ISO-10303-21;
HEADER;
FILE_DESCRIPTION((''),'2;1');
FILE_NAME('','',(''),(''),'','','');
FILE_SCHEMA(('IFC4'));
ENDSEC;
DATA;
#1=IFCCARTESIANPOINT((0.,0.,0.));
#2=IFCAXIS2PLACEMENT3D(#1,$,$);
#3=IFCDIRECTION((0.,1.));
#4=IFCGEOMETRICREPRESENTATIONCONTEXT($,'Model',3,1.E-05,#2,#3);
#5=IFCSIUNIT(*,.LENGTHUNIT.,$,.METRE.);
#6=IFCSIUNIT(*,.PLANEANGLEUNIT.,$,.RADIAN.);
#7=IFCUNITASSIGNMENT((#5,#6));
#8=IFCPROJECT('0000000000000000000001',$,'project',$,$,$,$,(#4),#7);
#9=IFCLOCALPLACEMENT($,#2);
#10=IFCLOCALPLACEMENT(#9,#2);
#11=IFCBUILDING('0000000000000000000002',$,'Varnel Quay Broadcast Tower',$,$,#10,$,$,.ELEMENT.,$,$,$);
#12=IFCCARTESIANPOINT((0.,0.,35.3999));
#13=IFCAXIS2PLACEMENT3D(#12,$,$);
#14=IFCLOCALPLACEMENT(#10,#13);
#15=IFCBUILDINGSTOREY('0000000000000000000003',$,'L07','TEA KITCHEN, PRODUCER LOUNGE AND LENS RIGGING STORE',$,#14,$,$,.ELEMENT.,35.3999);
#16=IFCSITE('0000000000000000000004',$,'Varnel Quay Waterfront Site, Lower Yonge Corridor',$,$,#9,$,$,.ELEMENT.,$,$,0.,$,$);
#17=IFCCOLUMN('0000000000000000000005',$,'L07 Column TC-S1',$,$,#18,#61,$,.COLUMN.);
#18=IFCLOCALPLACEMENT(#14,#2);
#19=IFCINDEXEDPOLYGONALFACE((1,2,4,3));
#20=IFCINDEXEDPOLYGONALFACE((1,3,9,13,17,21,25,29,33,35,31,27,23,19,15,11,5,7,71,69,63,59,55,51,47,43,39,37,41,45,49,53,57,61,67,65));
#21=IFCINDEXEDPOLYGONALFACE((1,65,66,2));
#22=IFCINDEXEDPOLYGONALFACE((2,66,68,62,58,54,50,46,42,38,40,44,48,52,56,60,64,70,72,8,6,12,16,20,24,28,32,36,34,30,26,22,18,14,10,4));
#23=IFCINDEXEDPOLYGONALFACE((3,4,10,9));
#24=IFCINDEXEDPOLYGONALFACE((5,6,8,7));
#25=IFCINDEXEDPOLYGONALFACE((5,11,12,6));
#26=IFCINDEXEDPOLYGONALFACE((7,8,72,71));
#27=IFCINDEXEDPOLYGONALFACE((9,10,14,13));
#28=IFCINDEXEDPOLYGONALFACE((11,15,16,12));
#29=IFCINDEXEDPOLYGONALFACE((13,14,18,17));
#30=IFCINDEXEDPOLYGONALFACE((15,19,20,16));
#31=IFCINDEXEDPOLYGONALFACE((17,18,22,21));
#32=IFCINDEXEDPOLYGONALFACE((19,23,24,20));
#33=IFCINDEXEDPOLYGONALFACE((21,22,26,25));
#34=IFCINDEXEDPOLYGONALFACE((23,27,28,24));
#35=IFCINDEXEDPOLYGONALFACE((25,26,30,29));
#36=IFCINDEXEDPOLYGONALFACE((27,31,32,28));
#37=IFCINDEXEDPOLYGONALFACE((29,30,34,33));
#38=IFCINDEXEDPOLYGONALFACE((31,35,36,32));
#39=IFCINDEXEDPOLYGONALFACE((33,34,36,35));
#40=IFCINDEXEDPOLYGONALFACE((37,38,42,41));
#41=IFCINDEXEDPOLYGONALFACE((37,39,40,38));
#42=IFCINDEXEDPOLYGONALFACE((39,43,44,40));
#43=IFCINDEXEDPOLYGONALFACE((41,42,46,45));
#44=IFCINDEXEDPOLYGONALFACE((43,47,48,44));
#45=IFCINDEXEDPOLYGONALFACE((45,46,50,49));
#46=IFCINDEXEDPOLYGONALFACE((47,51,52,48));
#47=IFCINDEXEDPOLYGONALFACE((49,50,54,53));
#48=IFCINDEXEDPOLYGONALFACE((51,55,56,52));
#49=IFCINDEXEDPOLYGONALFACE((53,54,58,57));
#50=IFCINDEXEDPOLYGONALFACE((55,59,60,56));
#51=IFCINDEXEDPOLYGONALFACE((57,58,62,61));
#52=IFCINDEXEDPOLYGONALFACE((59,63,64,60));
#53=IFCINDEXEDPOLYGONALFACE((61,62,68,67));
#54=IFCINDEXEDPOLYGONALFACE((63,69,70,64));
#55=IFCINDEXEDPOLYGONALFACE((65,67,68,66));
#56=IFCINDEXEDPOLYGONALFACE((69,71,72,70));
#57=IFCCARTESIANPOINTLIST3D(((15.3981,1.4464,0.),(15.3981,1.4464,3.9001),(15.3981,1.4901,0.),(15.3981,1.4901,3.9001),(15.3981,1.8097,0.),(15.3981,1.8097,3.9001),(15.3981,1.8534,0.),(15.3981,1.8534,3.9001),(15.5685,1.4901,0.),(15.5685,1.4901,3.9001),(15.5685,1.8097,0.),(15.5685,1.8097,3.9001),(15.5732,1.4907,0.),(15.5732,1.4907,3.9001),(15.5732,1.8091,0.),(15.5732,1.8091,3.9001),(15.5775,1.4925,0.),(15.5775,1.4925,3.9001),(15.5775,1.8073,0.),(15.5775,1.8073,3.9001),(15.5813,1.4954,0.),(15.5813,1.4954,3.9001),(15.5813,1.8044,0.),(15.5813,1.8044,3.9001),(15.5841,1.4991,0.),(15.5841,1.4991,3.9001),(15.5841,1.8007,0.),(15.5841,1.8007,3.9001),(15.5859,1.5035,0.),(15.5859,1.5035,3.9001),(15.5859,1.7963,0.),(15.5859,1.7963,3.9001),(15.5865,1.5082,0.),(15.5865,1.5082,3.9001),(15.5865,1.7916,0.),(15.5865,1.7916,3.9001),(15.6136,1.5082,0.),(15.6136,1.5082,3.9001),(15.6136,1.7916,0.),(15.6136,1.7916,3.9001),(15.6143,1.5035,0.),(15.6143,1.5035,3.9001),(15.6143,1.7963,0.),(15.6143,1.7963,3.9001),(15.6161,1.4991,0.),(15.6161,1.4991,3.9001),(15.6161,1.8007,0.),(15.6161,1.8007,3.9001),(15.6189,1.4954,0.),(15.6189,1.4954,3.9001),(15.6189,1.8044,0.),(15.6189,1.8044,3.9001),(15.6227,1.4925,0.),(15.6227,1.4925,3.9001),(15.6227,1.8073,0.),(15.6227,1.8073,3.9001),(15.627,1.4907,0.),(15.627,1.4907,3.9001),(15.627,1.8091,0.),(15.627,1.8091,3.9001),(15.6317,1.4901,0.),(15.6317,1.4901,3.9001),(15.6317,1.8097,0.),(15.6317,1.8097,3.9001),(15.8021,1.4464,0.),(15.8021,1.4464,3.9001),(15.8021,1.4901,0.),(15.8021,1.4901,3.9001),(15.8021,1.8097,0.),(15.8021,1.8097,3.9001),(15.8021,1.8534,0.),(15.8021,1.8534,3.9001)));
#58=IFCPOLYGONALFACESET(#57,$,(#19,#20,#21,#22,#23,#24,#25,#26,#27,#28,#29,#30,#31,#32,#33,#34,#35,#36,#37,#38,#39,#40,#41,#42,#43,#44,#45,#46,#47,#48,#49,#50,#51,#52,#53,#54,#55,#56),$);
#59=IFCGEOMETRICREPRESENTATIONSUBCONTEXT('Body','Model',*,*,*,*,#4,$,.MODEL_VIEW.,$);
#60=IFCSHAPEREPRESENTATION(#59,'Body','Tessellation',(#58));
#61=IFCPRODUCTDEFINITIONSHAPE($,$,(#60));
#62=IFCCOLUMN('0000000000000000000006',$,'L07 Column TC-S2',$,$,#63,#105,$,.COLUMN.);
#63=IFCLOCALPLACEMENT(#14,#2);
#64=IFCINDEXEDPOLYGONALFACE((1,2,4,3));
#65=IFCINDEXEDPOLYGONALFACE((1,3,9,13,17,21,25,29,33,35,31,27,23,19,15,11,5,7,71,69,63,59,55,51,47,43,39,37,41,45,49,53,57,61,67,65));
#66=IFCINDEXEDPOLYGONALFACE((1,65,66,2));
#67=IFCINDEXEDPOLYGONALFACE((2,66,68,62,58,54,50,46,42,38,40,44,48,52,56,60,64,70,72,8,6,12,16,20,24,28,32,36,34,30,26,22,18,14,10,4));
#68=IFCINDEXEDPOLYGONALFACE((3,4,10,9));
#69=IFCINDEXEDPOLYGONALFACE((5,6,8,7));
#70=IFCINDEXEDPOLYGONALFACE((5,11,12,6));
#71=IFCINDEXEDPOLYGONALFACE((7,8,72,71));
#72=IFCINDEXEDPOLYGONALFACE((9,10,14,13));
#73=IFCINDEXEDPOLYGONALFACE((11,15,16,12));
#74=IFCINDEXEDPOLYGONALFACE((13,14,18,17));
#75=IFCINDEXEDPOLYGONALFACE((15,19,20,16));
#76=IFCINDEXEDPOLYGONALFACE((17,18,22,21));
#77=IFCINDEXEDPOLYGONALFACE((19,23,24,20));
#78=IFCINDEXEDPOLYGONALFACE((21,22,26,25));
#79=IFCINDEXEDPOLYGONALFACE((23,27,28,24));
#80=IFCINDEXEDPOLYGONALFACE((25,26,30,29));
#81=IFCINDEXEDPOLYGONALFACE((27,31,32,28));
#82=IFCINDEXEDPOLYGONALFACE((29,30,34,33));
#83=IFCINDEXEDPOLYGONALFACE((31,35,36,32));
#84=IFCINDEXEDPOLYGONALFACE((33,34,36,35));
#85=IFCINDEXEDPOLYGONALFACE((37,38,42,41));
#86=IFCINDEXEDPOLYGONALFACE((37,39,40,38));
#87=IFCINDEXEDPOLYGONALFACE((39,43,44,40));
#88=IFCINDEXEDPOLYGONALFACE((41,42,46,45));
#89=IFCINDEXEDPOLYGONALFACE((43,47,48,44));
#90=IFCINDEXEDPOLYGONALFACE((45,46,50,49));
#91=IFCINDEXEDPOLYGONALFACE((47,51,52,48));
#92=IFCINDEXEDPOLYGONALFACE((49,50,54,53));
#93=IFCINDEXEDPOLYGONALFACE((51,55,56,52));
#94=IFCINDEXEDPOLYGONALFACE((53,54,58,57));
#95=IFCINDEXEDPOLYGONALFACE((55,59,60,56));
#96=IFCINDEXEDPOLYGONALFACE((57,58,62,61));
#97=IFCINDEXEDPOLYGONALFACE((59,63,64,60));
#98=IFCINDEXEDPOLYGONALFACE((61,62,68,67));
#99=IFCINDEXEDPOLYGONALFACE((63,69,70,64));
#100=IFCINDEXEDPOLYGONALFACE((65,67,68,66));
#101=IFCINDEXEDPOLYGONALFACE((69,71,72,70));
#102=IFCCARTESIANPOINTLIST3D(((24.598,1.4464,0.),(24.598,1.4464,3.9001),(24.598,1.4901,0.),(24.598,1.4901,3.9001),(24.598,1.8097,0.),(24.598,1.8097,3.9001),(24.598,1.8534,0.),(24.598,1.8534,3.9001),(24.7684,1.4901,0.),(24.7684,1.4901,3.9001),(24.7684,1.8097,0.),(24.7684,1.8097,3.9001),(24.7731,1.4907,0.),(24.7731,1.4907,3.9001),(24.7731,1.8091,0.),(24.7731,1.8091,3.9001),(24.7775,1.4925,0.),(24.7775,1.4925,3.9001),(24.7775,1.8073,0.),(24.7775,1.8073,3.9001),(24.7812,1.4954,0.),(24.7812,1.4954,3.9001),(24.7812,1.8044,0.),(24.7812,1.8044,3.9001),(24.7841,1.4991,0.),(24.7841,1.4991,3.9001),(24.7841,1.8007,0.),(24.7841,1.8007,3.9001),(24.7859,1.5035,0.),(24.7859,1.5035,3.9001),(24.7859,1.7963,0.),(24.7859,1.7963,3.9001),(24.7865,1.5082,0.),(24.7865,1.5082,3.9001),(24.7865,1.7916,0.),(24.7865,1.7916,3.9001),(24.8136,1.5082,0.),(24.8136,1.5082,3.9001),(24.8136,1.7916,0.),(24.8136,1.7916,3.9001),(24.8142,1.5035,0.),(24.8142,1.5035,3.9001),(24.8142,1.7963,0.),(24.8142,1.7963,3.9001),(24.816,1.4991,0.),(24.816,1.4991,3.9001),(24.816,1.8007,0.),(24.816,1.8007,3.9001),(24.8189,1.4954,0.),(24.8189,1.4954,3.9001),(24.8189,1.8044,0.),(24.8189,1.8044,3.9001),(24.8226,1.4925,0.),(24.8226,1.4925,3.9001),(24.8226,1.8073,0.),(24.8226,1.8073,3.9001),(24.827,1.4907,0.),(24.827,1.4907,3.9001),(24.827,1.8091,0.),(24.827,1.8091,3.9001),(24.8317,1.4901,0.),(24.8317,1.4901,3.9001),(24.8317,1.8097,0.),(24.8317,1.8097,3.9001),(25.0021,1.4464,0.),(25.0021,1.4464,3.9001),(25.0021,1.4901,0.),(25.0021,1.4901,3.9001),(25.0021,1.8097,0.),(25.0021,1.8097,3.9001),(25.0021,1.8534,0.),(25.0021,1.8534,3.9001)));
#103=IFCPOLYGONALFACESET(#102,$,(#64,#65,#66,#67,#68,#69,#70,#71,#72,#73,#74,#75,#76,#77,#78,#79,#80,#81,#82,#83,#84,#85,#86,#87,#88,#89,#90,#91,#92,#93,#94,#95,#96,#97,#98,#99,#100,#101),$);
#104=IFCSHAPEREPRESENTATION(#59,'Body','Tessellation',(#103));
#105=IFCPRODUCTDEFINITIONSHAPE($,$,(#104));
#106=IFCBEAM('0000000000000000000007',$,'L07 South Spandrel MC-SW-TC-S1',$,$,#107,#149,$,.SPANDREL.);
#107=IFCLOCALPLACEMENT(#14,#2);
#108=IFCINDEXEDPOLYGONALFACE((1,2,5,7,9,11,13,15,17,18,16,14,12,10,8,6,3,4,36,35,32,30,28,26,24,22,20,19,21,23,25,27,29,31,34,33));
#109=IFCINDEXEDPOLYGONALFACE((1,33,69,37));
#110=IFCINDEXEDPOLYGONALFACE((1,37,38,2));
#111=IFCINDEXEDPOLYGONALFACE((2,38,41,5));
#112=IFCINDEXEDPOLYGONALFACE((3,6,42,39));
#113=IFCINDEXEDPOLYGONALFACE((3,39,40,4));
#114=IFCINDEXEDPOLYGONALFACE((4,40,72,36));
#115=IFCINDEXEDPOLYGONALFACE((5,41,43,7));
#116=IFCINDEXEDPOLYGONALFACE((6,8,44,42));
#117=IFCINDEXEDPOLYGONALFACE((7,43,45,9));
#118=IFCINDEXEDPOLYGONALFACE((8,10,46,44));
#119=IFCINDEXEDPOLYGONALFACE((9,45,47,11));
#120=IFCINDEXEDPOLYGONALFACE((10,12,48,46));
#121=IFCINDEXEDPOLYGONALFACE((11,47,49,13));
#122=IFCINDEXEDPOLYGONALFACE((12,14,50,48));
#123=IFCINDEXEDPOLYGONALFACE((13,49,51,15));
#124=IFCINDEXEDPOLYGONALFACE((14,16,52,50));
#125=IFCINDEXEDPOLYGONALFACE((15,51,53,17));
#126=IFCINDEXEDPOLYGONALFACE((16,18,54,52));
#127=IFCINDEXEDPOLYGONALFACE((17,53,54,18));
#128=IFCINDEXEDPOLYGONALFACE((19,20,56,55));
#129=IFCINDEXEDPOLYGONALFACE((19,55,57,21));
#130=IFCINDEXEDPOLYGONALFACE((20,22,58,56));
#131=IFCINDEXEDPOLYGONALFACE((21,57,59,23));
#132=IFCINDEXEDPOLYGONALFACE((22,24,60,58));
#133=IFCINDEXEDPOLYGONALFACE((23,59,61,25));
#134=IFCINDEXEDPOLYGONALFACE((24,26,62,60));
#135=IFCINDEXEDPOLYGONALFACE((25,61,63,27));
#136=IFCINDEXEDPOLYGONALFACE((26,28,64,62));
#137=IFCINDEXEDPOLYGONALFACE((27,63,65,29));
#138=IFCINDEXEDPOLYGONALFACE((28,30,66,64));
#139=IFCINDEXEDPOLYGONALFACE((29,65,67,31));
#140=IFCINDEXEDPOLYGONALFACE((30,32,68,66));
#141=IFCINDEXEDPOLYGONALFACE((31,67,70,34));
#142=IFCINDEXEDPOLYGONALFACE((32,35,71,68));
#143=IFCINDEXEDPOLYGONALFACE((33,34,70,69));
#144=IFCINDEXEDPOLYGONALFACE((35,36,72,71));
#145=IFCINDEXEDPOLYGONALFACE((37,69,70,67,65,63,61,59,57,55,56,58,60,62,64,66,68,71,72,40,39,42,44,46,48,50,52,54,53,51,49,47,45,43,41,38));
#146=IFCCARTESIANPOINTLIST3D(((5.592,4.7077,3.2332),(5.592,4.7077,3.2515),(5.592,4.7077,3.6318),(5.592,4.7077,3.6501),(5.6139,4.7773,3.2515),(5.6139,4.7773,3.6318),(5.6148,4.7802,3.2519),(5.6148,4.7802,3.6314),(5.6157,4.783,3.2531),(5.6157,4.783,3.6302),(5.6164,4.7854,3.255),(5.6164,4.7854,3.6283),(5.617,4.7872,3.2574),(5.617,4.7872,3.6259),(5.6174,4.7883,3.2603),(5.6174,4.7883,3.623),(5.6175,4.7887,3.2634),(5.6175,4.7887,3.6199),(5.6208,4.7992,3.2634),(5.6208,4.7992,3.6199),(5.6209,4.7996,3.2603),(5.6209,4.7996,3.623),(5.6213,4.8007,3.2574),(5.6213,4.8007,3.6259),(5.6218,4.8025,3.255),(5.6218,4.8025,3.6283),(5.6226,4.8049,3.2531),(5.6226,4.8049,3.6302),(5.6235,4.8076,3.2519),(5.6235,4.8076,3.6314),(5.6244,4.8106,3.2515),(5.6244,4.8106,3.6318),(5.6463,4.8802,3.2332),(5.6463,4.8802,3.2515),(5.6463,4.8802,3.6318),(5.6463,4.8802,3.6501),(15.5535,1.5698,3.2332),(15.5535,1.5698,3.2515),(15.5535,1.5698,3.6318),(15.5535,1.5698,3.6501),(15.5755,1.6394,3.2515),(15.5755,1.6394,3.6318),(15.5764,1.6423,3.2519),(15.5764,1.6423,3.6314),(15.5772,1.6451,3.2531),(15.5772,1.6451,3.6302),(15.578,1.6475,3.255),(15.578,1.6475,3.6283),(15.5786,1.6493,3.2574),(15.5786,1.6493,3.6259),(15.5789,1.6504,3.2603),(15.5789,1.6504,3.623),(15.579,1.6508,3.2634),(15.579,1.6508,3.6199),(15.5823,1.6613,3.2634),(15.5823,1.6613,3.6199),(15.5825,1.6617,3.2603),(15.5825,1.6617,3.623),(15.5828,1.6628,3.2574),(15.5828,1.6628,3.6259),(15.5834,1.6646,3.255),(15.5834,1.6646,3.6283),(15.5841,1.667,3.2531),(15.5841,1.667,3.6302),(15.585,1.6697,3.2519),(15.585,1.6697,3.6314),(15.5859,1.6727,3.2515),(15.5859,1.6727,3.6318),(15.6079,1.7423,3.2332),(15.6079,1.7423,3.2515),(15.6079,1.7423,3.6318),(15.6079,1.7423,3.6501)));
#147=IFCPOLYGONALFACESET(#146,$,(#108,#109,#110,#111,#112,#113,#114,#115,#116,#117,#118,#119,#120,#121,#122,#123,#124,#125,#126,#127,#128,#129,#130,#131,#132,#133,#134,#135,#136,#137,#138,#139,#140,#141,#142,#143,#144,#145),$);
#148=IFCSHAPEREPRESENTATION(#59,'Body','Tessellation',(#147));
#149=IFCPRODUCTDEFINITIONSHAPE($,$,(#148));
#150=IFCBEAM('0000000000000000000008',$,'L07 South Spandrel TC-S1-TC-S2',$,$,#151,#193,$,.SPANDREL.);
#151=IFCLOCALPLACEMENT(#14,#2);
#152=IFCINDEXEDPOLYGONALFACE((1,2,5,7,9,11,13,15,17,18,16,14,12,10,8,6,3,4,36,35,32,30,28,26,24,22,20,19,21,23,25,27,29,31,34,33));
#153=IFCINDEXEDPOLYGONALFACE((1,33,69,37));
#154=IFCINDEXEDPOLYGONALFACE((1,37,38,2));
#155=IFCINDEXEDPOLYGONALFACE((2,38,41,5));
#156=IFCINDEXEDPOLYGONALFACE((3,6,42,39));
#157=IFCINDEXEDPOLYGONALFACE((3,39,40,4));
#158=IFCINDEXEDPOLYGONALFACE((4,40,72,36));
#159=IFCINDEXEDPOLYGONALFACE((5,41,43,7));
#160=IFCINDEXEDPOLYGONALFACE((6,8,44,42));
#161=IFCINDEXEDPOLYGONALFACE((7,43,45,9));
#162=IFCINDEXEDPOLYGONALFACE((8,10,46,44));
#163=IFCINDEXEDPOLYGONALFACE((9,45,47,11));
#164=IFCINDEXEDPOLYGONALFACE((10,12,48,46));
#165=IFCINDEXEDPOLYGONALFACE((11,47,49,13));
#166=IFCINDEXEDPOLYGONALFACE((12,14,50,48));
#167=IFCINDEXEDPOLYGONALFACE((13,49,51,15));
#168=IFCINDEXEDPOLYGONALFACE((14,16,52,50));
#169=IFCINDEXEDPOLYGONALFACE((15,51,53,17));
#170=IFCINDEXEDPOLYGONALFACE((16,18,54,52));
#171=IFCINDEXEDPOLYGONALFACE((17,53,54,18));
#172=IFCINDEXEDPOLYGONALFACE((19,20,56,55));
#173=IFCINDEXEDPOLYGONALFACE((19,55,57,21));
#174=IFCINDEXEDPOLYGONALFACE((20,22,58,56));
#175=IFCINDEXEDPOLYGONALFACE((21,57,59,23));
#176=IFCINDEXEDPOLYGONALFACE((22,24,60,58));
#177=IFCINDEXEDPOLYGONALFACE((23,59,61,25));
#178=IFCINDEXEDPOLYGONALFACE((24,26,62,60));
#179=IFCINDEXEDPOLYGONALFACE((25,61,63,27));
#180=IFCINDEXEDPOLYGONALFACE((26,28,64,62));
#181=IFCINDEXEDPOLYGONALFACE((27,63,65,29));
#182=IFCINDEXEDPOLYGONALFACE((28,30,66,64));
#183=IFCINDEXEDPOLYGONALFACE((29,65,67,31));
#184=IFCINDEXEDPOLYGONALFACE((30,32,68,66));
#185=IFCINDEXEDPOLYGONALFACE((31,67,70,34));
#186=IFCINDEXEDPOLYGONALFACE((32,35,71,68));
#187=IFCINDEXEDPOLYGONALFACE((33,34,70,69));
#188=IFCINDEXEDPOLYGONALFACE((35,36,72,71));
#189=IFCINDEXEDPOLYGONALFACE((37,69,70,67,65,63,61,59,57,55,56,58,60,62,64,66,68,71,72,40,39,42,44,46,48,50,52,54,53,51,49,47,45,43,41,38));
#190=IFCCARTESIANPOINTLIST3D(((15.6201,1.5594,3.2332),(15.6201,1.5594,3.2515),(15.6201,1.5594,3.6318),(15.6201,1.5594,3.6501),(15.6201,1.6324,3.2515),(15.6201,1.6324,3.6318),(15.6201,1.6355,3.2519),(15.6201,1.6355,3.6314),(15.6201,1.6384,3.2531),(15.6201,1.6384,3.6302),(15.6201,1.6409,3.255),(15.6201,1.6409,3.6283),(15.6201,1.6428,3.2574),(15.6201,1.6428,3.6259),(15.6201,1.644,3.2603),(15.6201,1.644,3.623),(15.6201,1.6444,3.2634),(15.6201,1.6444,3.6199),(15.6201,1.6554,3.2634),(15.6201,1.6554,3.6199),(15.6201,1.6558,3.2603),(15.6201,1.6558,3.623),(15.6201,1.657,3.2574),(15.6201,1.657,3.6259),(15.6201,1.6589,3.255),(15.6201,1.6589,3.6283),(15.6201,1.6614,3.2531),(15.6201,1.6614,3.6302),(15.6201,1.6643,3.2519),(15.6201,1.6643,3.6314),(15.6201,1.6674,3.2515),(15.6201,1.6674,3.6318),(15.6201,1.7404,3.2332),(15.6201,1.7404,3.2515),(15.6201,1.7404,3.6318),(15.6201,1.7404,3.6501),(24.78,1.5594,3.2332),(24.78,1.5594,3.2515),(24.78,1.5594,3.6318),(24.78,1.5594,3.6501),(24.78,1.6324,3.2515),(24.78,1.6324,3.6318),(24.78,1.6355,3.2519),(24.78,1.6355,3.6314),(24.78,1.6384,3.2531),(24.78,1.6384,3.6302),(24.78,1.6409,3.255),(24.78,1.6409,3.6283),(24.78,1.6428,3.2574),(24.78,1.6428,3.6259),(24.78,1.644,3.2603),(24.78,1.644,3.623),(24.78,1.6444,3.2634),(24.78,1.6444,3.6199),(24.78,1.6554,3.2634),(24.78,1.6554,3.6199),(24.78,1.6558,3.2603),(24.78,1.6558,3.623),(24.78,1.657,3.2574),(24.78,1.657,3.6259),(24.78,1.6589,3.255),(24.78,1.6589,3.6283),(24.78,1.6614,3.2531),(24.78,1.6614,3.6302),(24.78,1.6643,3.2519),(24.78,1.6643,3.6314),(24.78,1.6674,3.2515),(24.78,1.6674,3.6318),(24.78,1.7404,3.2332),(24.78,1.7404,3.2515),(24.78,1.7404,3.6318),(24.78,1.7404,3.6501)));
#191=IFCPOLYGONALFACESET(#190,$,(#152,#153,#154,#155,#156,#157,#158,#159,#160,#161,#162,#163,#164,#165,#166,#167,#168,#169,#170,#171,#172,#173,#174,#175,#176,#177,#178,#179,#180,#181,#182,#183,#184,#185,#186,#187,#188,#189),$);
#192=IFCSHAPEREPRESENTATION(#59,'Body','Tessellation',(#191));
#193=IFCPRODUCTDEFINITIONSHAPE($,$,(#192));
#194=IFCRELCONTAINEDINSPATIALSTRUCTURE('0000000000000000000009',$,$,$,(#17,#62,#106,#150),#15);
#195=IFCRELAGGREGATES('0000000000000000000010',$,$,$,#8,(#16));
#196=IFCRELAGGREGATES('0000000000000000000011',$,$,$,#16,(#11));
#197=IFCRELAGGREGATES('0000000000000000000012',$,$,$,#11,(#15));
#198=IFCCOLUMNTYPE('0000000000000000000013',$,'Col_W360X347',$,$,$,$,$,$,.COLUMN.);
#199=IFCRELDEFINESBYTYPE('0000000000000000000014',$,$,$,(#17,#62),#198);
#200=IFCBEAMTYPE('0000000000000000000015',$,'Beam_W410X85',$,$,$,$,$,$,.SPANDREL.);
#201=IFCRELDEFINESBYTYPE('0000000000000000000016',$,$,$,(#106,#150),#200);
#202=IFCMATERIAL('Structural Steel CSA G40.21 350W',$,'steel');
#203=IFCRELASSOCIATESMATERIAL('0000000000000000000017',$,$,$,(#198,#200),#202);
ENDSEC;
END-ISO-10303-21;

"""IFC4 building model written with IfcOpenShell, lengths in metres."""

from ifc_helpers import new_model, si_unit, direction, frame, origin, origin_2d, place, context, subcontext, project, spatial, i_section, extrude, source, transform, mapped, material, material_profile, profile_set, type_object, type_shapes, element, save


model = new_model("IFC4")

# Units and contexts
model_context = context("Model", 3, precision=1e-05, world=origin(), true_north=direction((0.0, 1.0)))
body_context = subcontext(model_context, "Body", "Model", "MODEL_VIEW")
ifc_project = project(units=[si_unit("LENGTHUNIT", "METRE"), si_unit("PLANEANGLEUNIT", "RADIAN")], contexts=[model_context])

# Site, building, storey
site_placement = place(None, origin())
site = spatial("IfcSite", under=ifc_project, at=site_placement, Name="Varnel Quay Waterfront Site, Lower Yonge Corridor", CompositionType="ELEMENT", RefElevation=0.0)
building_placement = place(site_placement, origin())
building = spatial("IfcBuilding", under=site, at=building_placement, Name="Varnel Quay Broadcast Tower", CompositionType="ELEMENT")
storey_placement = place(building_placement, frame((0.0, 0.0, 35.3999)))
storey = spatial("IfcBuildingStorey", under=building, at=storey_placement, Name="L07", Description="TEA KITCHEN, PRODUCER LOUNGE AND LENS RIGGING STORE", CompositionType="ELEMENT", Elevation=35.3999)

# Columns
ifc_material_1 = material(Name="Structural Steel CSA G40.21 350W", Category="steel")
ifc_material_profile_1 = material_profile(ifc_material_1, i_section(OverallWidth=0.4041, OverallDepth=0.407, WebThickness=0.0271, FlangeThickness=0.0437, FilletRadius=0.0181, at=origin_2d()), Name="W360X347")
ifc_profile_set_1 = profile_set([ifc_material_profile_1], Name="Structural Steel CSA G40.21 350W")
column_type = type_object("IfcColumnType", Name="Col_W360X347", PredefinedType="COLUMN", material=ifc_profile_set_1)
shared_shape_1 = source(origin(), body_context, "Body", "SweptSolid", [
    extrude(i_section(OverallWidth=0.4041, OverallDepth=0.407, WebThickness=0.0271, FlangeThickness=0.0437, FilletRadius=0.0181, at=origin_2d()), origin(), (0.0, 0.0, 1.0), 3.9001),
])
type_shapes(column_type, [shared_shape_1])
for number, where, z_axis, x_axis, name in (
    (1, (15.6001, 1.6499, 0.0), (0.0, 0.0, 1.0), (1.0, 0.0, 0.0), "L07 Column TC-S1"),
    (2, (24.8, 1.6499, 0.0), (0.0, 0.0, 1.0), (1.0, 0.0, 0.0), "L07 Column TC-S2"),
):
    element("IfcColumn", number, at=place(storey_placement, frame(where, z_axis=z_axis, x_axis=x_axis)), inside=storey, type_object=column_type, Name=name, PredefinedType="COLUMN", context=body_context, shape_type="MappedRepresentation", body=[
        mapped(shared_shape_1, transform((0.0, 0.0, 0.0), x_axis=(1.0, 0.0, 0.0), y_axis=(0.0, 1.0, 0.0), z_axis=(0.0, 0.0, 1.0), scale=1.0)),
    ])

# Beams
ifc_material_profile_2 = material_profile(ifc_material_1, i_section(OverallWidth=0.1809, OverallDepth=0.417, WebThickness=0.011, FlangeThickness=0.0183, FilletRadius=0.012, at=origin_2d()), Name="W410X85")
ifc_profile_set_2 = profile_set([ifc_material_profile_2], Name="Structural Steel CSA G40.21 350W")
beam_type_1 = type_object("IfcBeamType", Name="Beam_W410X85", PredefinedType="SPANDREL", material=ifc_profile_set_2)
shared_shape_2 = source(origin(), body_context, "Body", "SweptSolid", [
    extrude(i_section(OverallWidth=0.1809, OverallDepth=0.417, WebThickness=0.011, FlangeThickness=0.0183, FilletRadius=0.012, at=origin_2d()), origin(), (0.0, 0.0, 1.0), 10.4441),
])
beam_1_placement = place(storey_placement, frame((5.6191, 4.7939, 3.4417), z_axis=(0.953798, -0.300448, 0.0), x_axis=(0.300448, 0.953798, 0.0)))
element("IfcBeam", 3, at=beam_1_placement, inside=storey, type_object=beam_type_1, Name="L07 South Spandrel MC-SW-TC-S1", PredefinedType="SPANDREL", context=body_context, shape_type="MappedRepresentation", body=[
    mapped(shared_shape_2, transform((0.0, 0.0, 0.0), x_axis=(1.0, 0.0, 0.0), y_axis=(0.0, 1.0, 0.0), z_axis=(0.0, 0.0, 1.0), scale=1.0)),
])
shared_shape_3 = source(origin(), body_context, "Body", "SweptSolid", [
    extrude(i_section(OverallWidth=0.1809, OverallDepth=0.417, WebThickness=0.011, FlangeThickness=0.0183, FilletRadius=0.012, at=origin_2d()), origin(), (0.0, 0.0, 1.0), 9.1599),
])
type_shapes(beam_type_1, [shared_shape_2, shared_shape_3])
for number, where, z_axis, x_axis, name in (
    (4, (15.6201, 1.6499, 3.4417), (1.0, 0.0, 0.0), (0.0, 1.0, 0.0), "L07 South Spandrel TC-S1-TC-S2"),
):
    element("IfcBeam", number, at=place(storey_placement, frame(where, z_axis=z_axis, x_axis=x_axis)), inside=storey, type_object=beam_type_1, Name=name, PredefinedType="SPANDREL", context=body_context, shape_type="MappedRepresentation", body=[
        mapped(shared_shape_3, transform((0.0, 0.0, 0.0), x_axis=(1.0, 0.0, 0.0), y_axis=(0.0, 1.0, 0.0), z_axis=(0.0, 0.0, 1.0), scale=1.0)),
    ])

save(model, "model.ifc")
